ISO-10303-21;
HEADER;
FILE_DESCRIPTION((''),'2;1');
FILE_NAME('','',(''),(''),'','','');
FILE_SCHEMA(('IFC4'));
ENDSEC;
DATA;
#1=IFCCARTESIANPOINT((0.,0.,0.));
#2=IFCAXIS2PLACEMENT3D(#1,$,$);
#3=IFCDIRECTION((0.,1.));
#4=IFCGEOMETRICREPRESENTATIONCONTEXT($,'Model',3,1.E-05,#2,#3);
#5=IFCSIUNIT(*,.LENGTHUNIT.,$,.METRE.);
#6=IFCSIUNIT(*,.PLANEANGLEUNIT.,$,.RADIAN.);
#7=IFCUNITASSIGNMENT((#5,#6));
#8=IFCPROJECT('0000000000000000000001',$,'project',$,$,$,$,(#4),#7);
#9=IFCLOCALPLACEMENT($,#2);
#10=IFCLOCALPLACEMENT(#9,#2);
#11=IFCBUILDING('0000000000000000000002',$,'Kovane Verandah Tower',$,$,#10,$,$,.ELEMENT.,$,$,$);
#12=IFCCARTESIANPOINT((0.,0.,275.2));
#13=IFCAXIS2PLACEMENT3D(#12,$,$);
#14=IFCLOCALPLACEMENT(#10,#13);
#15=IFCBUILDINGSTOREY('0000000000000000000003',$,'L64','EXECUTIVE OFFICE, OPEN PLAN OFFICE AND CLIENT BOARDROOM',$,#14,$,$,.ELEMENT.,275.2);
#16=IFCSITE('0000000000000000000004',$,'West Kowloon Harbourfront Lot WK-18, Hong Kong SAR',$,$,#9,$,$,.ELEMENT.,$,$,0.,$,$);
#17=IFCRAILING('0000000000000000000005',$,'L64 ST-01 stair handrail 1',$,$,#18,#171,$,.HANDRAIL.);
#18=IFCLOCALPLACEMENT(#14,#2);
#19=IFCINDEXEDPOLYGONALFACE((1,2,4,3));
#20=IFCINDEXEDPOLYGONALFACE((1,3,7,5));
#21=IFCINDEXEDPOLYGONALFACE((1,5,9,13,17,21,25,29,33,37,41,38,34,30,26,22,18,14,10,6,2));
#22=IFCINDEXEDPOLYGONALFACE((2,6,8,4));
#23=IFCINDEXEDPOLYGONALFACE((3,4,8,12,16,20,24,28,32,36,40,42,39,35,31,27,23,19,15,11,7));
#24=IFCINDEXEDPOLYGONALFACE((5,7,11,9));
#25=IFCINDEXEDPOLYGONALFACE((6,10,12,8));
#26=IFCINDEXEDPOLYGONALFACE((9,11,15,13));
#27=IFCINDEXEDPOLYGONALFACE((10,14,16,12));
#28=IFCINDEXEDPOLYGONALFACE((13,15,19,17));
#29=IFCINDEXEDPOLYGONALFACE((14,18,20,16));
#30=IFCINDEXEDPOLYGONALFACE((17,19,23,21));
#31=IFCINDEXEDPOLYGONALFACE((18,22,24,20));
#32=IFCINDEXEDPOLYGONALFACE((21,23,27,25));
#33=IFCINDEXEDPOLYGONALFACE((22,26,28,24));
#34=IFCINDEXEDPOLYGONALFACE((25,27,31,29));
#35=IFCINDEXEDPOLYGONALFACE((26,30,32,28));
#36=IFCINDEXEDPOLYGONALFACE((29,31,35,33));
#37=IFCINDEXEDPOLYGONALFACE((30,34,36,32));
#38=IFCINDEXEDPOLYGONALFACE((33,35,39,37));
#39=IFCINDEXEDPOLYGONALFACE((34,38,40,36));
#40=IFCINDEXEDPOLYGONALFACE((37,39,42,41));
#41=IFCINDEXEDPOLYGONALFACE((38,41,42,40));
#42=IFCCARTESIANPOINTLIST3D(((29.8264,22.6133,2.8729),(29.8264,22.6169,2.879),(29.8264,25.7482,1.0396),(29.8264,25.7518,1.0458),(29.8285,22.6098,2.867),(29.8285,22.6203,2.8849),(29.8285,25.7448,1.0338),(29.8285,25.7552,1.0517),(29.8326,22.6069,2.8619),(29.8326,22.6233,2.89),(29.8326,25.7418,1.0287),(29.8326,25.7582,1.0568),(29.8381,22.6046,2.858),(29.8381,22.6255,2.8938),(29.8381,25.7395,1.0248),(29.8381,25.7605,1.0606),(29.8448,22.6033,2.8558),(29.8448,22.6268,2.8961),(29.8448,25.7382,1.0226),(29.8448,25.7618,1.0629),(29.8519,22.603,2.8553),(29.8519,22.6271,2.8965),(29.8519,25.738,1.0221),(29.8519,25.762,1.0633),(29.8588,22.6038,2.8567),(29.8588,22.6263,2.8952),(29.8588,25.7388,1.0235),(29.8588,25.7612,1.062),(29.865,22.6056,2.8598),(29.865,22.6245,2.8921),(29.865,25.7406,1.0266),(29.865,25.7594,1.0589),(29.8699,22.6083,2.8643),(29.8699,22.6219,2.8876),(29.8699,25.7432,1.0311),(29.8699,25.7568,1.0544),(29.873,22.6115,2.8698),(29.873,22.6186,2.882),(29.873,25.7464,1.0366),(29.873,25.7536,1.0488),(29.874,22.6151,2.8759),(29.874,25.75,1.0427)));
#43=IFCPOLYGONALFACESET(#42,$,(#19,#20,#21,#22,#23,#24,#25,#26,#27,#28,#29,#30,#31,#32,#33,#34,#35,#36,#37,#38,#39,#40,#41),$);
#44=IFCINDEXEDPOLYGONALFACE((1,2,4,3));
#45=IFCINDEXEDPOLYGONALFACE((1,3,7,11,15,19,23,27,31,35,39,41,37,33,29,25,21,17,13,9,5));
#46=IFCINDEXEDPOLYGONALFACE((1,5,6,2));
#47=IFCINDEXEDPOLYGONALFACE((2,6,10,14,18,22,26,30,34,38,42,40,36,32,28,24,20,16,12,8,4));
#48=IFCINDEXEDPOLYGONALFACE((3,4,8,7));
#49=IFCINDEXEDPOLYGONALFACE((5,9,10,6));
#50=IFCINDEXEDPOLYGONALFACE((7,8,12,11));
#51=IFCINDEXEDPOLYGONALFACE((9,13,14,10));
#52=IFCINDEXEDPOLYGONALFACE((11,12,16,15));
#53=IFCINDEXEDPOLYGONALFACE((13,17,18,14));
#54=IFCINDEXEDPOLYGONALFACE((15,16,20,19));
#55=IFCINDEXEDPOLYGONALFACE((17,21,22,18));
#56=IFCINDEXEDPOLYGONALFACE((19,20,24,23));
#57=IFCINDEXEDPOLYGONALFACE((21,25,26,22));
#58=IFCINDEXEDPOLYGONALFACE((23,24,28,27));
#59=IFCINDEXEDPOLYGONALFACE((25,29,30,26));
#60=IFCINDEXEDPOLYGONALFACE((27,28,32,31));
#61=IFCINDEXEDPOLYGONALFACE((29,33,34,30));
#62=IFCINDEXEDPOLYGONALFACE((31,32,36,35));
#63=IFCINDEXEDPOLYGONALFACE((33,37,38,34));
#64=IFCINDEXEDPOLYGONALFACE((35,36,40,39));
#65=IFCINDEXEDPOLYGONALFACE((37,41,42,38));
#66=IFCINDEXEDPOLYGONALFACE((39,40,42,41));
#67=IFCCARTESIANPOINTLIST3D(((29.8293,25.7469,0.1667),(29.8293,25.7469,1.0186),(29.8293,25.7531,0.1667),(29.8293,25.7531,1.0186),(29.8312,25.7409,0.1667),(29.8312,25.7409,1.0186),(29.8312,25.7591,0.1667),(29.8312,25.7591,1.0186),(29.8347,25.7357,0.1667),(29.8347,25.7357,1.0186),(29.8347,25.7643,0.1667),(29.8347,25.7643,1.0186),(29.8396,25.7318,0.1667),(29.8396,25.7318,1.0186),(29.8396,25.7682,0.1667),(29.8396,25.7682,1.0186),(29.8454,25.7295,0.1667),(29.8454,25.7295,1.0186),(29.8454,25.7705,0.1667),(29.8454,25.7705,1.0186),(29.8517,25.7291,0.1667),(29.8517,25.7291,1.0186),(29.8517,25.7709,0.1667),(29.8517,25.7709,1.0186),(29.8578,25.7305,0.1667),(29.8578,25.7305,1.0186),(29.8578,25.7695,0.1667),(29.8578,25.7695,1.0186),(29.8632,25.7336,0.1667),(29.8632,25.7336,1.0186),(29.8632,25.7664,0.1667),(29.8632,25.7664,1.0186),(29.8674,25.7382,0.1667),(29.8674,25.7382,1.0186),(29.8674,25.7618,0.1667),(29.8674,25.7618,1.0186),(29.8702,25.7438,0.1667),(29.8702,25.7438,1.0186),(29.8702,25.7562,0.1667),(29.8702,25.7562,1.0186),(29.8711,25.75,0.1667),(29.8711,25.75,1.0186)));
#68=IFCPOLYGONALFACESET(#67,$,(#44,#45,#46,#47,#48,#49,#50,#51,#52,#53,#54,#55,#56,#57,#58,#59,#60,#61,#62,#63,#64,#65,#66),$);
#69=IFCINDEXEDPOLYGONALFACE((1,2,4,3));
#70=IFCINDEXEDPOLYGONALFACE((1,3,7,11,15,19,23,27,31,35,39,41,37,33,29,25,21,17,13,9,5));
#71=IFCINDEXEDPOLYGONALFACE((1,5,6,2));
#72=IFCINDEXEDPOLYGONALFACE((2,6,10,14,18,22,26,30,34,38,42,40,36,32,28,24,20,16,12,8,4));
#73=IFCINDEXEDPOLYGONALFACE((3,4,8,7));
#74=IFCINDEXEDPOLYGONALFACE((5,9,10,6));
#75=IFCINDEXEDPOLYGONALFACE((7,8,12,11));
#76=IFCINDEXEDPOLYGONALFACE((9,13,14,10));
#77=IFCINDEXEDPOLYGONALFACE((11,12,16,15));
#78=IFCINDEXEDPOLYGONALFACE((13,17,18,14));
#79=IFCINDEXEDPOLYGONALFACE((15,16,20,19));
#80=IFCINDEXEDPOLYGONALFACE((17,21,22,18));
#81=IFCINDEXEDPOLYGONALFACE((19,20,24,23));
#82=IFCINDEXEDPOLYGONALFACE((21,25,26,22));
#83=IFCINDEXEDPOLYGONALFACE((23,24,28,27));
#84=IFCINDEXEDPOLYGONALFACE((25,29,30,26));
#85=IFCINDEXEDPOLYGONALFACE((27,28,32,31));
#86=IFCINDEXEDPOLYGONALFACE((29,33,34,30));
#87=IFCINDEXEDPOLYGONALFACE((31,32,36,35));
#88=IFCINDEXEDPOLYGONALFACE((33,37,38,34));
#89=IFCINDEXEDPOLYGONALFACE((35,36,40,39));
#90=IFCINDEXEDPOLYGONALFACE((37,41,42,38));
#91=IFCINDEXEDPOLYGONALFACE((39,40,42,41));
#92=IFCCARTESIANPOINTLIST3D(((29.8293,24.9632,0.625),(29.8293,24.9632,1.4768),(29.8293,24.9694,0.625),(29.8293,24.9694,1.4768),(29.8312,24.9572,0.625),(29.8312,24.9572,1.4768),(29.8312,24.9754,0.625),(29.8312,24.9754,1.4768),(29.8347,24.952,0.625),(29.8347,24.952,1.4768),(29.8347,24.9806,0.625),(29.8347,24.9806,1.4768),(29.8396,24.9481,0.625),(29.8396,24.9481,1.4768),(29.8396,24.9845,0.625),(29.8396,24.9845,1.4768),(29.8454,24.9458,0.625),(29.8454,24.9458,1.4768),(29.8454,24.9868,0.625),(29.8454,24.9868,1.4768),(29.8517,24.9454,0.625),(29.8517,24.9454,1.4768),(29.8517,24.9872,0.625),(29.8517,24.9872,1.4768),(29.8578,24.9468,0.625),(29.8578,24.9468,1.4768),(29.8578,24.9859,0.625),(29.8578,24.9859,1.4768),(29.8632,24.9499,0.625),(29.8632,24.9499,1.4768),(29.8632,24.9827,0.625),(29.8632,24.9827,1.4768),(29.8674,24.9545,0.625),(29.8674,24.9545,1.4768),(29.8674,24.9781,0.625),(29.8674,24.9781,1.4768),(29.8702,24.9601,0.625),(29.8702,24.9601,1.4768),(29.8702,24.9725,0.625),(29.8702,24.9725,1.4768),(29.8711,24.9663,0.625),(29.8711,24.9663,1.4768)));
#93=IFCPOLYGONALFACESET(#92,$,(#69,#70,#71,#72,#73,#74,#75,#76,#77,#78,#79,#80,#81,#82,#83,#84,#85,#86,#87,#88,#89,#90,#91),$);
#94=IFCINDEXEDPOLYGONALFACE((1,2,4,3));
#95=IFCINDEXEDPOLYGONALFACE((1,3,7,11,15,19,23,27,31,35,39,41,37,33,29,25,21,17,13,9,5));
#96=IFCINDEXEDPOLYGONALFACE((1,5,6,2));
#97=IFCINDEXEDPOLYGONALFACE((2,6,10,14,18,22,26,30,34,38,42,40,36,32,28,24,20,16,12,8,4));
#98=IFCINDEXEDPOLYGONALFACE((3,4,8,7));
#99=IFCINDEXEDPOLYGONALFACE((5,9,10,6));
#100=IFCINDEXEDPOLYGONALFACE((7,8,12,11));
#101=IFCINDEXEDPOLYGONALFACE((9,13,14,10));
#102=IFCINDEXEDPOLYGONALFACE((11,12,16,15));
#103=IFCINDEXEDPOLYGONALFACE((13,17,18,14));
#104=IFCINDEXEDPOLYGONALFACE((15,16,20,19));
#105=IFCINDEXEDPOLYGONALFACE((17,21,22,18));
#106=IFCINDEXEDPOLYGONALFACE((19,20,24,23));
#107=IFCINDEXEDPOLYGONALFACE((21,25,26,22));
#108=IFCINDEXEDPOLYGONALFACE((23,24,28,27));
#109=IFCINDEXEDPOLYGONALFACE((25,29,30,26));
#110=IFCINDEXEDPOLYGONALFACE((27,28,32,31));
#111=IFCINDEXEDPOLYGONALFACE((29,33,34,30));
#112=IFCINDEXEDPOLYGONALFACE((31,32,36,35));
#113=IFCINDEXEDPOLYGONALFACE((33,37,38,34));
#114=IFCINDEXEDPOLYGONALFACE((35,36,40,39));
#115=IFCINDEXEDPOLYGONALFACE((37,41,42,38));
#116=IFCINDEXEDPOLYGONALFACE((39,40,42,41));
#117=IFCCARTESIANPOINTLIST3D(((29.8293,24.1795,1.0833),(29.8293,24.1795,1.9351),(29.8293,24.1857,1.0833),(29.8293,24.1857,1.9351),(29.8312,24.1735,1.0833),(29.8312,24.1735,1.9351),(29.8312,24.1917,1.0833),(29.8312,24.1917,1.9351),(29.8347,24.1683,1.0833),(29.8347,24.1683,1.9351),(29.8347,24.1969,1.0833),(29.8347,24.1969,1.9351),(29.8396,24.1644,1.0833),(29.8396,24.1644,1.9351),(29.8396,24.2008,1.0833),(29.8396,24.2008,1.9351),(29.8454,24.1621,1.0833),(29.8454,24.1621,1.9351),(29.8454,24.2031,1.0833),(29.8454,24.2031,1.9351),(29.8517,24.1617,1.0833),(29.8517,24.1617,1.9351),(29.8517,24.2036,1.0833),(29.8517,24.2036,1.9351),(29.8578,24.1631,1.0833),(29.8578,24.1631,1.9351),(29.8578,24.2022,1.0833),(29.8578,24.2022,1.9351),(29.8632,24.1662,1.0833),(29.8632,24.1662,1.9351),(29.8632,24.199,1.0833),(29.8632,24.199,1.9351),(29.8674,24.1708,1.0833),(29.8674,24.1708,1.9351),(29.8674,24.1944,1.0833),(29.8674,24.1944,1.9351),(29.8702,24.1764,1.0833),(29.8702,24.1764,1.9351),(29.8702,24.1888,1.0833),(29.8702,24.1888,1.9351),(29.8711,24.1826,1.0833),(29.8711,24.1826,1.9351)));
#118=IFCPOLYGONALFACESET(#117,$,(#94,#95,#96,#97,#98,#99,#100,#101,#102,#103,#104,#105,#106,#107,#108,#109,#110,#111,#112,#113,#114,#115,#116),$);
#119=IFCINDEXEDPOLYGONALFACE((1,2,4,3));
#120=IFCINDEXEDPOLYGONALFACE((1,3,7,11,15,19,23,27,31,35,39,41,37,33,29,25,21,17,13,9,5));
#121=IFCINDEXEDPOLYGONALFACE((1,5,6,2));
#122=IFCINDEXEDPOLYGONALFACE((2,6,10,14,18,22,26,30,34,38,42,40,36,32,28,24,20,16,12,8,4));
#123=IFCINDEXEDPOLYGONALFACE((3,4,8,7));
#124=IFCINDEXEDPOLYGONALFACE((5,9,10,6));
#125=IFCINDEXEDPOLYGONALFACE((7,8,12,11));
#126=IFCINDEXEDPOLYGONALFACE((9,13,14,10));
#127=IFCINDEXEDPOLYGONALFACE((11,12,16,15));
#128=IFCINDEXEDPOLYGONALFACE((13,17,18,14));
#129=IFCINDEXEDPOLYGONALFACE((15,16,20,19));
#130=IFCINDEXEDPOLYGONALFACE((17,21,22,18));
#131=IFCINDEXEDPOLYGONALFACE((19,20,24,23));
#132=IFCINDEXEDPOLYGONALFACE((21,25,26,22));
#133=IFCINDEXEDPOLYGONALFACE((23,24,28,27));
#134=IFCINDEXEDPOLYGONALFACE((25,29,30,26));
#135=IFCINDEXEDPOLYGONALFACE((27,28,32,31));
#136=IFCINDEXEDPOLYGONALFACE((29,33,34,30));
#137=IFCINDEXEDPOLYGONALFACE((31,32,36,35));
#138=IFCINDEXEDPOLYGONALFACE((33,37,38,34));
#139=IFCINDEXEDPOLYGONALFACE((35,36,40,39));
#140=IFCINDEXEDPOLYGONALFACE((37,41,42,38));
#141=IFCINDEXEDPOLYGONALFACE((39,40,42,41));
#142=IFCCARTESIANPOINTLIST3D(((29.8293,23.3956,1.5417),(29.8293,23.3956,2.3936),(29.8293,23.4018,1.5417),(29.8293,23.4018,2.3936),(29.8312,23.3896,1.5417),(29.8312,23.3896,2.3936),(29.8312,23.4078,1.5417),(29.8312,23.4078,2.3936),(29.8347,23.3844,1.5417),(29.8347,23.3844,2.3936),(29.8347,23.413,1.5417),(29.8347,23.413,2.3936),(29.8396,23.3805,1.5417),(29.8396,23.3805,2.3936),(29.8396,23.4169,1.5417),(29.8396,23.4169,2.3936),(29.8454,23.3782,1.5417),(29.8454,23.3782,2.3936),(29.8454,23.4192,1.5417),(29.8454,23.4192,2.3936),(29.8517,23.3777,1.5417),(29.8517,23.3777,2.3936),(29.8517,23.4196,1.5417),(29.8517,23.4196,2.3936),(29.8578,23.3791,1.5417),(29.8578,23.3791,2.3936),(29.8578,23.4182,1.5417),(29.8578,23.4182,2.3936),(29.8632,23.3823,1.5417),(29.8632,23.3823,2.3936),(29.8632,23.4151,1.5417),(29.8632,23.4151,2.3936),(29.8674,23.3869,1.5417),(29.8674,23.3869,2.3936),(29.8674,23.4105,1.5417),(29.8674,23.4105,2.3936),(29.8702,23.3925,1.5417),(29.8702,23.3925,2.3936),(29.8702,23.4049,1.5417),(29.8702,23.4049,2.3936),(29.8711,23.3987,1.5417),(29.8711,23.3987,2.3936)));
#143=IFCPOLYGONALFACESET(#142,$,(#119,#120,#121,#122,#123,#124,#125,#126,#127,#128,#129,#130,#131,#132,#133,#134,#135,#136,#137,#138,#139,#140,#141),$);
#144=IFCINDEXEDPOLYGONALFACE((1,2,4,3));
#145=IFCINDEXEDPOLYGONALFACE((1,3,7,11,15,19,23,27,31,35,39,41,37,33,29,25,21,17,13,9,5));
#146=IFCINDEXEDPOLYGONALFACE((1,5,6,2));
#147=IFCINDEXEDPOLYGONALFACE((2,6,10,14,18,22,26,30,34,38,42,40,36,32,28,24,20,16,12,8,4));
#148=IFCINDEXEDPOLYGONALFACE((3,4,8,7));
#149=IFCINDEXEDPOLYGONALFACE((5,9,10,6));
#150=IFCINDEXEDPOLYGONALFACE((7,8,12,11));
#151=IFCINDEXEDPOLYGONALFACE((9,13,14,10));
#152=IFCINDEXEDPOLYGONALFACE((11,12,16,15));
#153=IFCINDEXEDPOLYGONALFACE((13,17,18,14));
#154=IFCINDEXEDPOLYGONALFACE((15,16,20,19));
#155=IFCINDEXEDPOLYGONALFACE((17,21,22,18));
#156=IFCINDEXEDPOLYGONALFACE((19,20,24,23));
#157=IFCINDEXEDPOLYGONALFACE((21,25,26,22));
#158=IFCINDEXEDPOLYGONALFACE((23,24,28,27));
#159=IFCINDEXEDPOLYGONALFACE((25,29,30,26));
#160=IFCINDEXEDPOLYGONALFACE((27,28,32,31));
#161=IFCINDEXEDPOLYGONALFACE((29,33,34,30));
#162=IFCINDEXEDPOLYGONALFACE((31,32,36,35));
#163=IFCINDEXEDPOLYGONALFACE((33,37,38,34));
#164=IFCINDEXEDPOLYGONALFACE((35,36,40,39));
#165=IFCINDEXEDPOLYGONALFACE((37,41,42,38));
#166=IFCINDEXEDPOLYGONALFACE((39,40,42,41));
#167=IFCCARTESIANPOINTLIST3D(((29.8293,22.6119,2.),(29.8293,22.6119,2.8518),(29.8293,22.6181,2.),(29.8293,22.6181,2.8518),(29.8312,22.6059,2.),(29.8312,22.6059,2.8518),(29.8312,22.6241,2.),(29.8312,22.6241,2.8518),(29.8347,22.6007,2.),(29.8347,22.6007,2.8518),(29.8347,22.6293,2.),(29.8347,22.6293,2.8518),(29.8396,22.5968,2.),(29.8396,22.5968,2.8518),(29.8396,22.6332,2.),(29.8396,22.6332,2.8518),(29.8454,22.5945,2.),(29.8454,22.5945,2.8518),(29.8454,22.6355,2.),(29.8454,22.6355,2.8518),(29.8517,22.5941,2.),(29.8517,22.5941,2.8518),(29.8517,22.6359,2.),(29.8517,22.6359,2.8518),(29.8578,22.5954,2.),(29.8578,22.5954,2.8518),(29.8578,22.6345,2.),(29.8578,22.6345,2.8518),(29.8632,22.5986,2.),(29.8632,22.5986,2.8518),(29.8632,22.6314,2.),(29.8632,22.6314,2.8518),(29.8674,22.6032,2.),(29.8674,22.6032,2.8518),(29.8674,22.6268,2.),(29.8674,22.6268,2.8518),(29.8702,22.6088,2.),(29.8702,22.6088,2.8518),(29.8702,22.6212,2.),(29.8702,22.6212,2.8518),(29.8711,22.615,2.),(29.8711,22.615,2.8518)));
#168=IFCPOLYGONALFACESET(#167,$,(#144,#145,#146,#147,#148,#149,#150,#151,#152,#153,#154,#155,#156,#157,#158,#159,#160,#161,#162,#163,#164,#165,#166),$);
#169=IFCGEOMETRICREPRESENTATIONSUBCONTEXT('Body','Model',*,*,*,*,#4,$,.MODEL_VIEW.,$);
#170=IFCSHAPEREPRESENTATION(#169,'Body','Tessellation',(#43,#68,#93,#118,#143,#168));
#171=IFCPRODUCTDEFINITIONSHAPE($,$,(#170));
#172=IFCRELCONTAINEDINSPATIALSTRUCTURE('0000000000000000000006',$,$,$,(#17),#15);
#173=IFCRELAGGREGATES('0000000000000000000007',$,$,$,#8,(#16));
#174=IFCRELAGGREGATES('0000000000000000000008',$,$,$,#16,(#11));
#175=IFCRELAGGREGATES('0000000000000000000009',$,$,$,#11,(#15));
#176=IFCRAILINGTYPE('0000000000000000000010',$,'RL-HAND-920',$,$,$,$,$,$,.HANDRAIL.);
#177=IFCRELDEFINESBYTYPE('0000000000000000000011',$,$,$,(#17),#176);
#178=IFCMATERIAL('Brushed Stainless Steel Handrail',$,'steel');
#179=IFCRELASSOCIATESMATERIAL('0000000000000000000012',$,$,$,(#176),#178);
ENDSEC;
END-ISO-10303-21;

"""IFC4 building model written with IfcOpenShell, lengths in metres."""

from ifc_helpers import new_model, si_unit, direction, frame, origin, origin_2d, place, context, subcontext, project, spatial, circle, extrude, material, type_object, element, save


model = new_model("IFC4")

# Units and contexts
model_context = context("Model", 3, precision=1e-05, world=origin(), true_north=direction((0.0, 1.0)))
body_context = subcontext(model_context, "Body", "Model", "MODEL_VIEW")
ifc_project = project(units=[si_unit("LENGTHUNIT", "METRE"), si_unit("PLANEANGLEUNIT", "RADIAN")], contexts=[model_context])

# Site, building, storey
site_placement = place(None, origin())
site = spatial("IfcSite", under=ifc_project, at=site_placement, Name="West Kowloon Harbourfront Lot WK-18, Hong Kong SAR", CompositionType="ELEMENT", RefElevation=0.0)
building_placement = place(site_placement, origin())
building = spatial("IfcBuilding", under=site, at=building_placement, Name="Kovane Verandah Tower", CompositionType="ELEMENT")
storey_placement = place(building_placement, frame((0.0, 0.0, 275.2)))
storey = spatial("IfcBuildingStorey", under=building, at=storey_placement, Name="L64", Description="EXECUTIVE OFFICE, OPEN PLAN OFFICE AND CLIENT BOARDROOM", CompositionType="ELEMENT", Elevation=275.2)

# Railing
ifc_material_1 = material(Name="Brushed Stainless Steel Handrail", Category="steel")
railing_type_1 = type_object("IfcRailingType", Name="RL-HAND-920", PredefinedType="HANDRAIL", material=ifc_material_1)
railing_1_placement = place(storey_placement, frame((29.8501, 25.75, 0.1667)))
element("IfcRailing", 1, at=railing_1_placement, inside=storey, type_object=railing_type_1, Name="L64 ST-01 stair handrail 1", PredefinedType="HANDRAIL", context=body_context, shape_type="SweptSolid", body=[
    extrude(circle(Radius=0.0239, at=origin_2d()), frame((0.0, 0.0, 0.876), z_axis=(0.0, -0.86324, 0.504794), x_axis=(1.0, 0.0, 0.0)), (0.0, 0.0, 1.0), 3.6316),
    extrude(circle(Radius=0.021, at=origin_2d()), origin(), (0.0, 0.0, 1.0), 0.8518),
    extrude(circle(Radius=0.021, at=origin_2d()), frame((0.0, -0.7837, 0.4583)), (0.0, 0.0, 1.0), 0.8518),
    extrude(circle(Radius=0.021, at=origin_2d()), frame((0.0, -1.5674, 0.9165)), (0.0, 0.0, 1.0), 0.8518),
    extrude(circle(Radius=0.021, at=origin_2d()), frame((0.0, -2.3513, 1.375)), (0.0, 0.0, 1.0), 0.8518),
    extrude(circle(Radius=0.021, at=origin_2d()), frame((0.0, -3.135, 1.8333)), (0.0, 0.0, 1.0), 0.8518),
])

save(model, "model.ifc")
